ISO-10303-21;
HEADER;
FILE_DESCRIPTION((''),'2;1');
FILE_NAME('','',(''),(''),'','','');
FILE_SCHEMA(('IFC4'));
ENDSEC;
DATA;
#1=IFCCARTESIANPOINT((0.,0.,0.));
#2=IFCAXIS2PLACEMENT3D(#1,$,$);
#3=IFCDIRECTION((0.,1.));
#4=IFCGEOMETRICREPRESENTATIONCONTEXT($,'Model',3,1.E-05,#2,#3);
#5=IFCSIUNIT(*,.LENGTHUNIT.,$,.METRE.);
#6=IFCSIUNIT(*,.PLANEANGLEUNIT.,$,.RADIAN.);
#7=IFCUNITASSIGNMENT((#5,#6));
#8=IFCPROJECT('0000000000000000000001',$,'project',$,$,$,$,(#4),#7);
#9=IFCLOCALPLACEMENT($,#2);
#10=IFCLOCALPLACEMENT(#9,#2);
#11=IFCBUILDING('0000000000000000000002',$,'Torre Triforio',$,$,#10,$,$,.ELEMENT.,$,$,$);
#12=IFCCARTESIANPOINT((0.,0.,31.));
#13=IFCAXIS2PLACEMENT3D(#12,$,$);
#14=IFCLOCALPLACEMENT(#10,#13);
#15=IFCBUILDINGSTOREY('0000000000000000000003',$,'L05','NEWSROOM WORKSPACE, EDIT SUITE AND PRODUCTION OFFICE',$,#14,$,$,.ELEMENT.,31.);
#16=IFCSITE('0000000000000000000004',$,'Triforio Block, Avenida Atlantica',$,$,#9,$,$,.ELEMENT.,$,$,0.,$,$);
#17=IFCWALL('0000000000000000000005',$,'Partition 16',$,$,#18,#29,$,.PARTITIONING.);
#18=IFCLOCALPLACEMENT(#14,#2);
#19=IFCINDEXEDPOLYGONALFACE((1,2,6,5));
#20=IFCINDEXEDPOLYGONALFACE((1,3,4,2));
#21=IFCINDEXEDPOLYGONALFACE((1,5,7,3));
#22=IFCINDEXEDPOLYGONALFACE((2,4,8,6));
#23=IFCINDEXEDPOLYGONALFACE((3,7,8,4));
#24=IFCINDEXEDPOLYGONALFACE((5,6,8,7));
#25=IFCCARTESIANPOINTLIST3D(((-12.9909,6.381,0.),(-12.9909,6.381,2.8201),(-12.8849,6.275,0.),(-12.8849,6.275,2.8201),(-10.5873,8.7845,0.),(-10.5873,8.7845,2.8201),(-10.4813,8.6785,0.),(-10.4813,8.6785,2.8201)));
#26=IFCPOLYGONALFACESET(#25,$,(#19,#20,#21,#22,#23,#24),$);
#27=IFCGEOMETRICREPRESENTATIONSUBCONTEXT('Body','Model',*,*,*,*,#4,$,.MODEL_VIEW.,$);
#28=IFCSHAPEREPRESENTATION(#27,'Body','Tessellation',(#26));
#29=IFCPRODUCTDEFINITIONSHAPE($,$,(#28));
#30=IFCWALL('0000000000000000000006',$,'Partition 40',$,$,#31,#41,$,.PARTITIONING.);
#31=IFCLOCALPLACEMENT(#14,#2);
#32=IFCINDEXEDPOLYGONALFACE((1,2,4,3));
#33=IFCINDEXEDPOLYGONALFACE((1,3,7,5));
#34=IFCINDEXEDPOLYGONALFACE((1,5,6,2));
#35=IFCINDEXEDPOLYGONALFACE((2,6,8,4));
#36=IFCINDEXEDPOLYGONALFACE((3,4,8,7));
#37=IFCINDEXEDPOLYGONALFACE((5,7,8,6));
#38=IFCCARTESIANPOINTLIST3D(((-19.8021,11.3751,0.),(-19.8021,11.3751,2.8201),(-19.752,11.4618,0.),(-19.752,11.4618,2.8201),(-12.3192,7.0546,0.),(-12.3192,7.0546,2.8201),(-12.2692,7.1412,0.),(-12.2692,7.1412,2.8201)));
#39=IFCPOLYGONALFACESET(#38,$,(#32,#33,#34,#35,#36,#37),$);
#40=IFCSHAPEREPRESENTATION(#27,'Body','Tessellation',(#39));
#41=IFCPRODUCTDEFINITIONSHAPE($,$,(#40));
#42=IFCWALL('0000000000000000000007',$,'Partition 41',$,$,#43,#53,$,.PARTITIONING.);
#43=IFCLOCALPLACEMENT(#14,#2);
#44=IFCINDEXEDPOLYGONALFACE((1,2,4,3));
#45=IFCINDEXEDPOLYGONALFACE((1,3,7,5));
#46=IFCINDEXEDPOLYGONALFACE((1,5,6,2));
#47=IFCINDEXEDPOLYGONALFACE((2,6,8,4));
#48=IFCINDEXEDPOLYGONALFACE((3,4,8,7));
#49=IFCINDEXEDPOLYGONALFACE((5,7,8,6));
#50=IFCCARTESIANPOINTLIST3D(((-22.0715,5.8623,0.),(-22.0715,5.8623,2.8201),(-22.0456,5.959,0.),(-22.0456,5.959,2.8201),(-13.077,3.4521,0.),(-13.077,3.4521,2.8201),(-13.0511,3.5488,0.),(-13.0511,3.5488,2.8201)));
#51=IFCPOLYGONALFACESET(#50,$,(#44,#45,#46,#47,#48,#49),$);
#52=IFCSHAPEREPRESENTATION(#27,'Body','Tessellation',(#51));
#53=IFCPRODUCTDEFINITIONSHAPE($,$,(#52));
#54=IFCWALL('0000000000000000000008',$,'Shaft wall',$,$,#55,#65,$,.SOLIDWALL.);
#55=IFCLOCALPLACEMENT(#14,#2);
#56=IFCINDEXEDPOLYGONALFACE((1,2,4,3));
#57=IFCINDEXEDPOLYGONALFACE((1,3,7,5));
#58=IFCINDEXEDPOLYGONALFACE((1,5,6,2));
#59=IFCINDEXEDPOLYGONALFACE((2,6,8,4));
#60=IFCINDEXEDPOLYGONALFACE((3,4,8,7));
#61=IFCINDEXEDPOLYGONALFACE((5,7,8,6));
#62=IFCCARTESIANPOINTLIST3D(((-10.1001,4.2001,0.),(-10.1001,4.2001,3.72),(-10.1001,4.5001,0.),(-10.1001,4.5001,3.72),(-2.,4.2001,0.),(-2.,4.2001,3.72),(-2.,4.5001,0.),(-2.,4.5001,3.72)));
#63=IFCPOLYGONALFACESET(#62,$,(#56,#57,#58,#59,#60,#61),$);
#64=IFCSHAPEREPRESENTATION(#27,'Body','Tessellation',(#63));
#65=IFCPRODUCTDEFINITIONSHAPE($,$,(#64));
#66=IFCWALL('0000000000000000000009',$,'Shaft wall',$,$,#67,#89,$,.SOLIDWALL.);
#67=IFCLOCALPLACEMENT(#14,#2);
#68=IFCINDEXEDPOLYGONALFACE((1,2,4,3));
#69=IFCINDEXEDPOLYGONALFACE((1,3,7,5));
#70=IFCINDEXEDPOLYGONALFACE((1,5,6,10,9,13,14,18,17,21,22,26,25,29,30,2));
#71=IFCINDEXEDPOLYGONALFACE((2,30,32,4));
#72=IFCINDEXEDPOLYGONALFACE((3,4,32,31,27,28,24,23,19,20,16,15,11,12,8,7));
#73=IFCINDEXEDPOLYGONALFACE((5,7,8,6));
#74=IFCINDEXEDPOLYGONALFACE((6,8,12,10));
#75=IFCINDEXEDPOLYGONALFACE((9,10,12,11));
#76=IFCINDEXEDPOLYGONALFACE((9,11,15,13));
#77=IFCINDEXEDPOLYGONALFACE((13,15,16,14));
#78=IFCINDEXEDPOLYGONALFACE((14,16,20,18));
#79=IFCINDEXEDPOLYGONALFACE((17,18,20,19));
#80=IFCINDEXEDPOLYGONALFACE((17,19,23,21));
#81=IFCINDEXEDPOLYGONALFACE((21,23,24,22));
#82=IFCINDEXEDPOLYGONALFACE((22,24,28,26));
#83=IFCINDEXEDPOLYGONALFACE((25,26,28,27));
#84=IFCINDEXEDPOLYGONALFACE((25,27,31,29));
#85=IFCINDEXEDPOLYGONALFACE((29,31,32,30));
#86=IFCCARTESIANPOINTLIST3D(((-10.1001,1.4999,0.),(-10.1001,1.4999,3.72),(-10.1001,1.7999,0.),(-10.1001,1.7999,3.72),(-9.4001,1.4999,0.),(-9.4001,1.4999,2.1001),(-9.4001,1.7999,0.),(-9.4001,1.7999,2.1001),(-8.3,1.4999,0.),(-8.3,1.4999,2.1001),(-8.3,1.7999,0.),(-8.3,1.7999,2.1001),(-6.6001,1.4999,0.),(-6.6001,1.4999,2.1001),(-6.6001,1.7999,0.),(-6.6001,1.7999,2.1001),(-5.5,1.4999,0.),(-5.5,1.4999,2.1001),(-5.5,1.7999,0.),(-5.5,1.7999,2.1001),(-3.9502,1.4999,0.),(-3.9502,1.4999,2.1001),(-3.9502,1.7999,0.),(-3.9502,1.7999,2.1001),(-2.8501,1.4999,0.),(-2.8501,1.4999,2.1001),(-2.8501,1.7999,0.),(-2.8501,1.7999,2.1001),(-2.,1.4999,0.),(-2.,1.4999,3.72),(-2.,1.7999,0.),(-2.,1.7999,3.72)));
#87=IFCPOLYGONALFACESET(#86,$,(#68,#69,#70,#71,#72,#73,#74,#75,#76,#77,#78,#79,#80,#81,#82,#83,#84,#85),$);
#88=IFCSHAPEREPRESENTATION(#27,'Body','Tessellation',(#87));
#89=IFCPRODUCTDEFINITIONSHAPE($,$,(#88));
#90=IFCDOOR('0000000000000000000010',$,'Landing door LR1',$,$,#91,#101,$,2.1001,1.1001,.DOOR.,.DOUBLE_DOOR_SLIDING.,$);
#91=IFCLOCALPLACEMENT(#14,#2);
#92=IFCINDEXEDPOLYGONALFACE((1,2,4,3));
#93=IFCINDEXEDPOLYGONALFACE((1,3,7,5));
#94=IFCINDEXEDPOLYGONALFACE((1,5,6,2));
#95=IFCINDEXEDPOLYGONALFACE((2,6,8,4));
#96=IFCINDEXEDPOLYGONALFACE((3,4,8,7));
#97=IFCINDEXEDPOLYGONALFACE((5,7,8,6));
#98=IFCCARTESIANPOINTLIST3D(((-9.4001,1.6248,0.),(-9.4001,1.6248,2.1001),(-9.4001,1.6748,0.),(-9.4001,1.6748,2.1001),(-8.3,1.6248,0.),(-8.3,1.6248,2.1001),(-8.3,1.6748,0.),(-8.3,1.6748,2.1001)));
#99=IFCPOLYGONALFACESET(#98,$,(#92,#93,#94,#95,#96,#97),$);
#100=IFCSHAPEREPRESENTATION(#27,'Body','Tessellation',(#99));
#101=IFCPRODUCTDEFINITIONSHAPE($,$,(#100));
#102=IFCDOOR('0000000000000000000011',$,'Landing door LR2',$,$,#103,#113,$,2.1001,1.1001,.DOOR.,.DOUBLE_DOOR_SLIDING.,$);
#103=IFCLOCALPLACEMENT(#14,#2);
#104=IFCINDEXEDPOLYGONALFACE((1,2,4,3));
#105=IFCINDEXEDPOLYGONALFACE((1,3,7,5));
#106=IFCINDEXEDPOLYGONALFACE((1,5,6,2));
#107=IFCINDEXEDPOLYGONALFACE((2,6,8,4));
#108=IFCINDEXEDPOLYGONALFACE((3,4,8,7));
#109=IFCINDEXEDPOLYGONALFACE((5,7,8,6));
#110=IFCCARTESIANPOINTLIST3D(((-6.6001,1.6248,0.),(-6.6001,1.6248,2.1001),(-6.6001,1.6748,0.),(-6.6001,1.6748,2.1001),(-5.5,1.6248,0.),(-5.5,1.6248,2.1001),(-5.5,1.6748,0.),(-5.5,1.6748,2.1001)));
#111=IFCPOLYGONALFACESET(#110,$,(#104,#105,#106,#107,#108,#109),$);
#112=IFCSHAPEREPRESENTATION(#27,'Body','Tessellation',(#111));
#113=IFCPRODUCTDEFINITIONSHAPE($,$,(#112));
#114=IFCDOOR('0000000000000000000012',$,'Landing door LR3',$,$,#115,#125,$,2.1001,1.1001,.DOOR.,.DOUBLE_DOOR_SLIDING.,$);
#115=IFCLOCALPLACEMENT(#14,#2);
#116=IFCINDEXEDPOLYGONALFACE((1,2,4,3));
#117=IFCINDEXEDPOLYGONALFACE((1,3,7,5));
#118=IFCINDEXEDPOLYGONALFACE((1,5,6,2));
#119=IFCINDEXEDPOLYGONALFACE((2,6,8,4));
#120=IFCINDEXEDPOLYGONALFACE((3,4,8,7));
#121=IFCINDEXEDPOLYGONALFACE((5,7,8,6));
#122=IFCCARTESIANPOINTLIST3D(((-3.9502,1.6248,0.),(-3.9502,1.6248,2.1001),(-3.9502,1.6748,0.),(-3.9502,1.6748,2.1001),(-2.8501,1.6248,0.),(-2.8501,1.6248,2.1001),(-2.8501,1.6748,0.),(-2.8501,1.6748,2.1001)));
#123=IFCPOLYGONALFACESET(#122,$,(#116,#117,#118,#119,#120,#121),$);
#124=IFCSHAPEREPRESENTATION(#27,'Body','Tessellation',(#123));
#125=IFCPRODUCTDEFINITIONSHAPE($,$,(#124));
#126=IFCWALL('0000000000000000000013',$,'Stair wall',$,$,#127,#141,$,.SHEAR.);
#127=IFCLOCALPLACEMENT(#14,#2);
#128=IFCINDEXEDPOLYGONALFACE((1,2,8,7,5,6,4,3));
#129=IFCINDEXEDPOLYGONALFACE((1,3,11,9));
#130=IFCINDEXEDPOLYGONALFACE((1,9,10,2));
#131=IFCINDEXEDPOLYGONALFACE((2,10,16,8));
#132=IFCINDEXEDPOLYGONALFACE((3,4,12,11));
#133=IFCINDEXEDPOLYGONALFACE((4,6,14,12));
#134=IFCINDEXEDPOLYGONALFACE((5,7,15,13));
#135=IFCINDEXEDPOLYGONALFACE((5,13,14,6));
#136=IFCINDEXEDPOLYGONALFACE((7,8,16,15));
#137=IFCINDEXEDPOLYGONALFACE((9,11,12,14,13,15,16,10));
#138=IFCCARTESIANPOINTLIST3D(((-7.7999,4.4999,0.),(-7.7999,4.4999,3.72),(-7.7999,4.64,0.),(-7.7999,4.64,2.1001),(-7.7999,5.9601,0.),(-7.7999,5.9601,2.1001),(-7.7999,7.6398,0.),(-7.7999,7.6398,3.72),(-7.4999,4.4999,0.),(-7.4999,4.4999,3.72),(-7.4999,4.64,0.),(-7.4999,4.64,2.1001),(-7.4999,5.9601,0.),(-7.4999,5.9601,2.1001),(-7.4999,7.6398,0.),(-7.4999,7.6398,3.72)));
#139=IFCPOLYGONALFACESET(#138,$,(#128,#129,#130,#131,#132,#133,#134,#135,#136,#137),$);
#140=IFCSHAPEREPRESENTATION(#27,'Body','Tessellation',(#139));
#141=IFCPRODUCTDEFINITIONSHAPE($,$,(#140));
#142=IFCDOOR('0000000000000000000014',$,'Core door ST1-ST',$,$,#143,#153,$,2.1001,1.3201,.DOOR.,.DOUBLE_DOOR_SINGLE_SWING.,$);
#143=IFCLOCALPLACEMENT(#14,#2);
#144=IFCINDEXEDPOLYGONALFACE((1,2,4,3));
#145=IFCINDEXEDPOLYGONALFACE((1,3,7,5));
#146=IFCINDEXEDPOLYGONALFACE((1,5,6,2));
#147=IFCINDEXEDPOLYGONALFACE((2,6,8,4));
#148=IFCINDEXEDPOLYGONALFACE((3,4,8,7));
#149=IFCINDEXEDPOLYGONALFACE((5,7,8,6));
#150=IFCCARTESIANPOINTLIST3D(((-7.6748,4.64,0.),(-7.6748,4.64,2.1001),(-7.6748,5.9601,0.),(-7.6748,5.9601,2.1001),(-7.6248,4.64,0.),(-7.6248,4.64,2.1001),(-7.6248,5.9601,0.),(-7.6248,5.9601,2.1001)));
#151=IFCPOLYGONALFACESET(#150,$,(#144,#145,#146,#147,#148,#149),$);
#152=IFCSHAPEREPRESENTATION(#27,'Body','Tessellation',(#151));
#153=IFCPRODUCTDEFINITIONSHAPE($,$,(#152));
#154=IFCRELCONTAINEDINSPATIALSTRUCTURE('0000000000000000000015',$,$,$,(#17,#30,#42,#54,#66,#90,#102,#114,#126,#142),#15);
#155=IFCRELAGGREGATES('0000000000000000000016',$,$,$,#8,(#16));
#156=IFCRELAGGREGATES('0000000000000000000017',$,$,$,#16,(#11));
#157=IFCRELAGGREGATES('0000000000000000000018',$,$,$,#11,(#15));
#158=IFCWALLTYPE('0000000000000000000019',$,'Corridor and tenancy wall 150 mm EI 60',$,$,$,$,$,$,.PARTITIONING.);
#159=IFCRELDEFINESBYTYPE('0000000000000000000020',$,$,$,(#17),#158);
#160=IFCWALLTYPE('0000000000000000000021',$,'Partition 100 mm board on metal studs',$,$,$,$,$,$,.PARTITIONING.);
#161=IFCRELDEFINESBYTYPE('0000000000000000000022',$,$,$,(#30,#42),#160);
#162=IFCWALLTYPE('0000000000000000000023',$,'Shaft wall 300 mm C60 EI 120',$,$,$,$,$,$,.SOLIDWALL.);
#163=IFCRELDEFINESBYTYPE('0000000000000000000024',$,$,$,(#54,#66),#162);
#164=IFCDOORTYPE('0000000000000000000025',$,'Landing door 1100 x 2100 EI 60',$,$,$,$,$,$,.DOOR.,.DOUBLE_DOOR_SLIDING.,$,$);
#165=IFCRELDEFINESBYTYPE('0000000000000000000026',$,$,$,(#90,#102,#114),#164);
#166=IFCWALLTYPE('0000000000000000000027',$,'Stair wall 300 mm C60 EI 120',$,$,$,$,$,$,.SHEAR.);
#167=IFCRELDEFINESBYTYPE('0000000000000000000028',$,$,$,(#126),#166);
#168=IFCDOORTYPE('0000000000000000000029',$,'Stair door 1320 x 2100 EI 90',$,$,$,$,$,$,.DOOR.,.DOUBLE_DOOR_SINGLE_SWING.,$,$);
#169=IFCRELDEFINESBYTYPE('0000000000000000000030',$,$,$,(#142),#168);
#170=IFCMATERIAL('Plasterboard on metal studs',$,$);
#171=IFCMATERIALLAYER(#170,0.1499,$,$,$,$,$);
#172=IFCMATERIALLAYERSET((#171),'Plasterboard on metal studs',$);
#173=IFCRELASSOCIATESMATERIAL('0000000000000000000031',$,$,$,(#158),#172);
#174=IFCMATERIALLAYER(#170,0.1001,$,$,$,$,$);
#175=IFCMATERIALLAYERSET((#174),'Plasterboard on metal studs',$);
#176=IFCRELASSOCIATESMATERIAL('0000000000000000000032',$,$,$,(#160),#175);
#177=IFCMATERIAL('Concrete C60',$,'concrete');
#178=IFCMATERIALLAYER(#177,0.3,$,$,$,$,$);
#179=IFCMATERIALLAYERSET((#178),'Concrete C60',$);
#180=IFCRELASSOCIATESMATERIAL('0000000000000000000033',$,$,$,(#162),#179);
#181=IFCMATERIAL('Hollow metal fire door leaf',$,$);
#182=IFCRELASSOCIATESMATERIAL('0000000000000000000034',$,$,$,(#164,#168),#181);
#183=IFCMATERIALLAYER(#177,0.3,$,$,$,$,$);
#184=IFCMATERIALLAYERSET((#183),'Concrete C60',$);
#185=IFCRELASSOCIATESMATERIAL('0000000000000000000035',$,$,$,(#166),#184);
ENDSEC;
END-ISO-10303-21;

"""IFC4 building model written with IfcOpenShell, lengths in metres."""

from ifc_helpers import new_model, si_unit, direction, frame, frame_2d, origin, place, context, subcontext, project, spatial, rectangle, extrude, material, layer, layer_set, type_object, element, fill, save


model = new_model("IFC4")

# Units and contexts
model_context = context("Model", 3, precision=1e-05, world=origin(), true_north=direction((0.0, 1.0)))
body_context = subcontext(model_context, "Body", "Model", "MODEL_VIEW")
ifc_project = project(units=[si_unit("LENGTHUNIT", "METRE"), si_unit("PLANEANGLEUNIT", "RADIAN")], contexts=[model_context])

# Site, building, storey
site_placement = place(None, origin())
site = spatial("IfcSite", under=ifc_project, at=site_placement, Name="Triforio Block, Avenida Atlantica", CompositionType="ELEMENT", RefElevation=0.0)
building_placement = place(site_placement, origin())
building = spatial("IfcBuilding", under=site, at=building_placement, Name="Torre Triforio", CompositionType="ELEMENT")
storey_placement = place(building_placement, frame((0.0, 0.0, 31.0)))
storey = spatial("IfcBuildingStorey", under=building, at=storey_placement, Name="L05", Description="NEWSROOM WORKSPACE, EDIT SUITE AND PRODUCTION OFFICE", CompositionType="ELEMENT", Elevation=31.0)

# Shared definitions
ifc_material_1 = material(Name="Concrete C60", Category="concrete")
ifc_material_2 = material(Name="Hollow metal fire door leaf")
ifc_material_3 = material(Name="Plasterboard on metal studs")
ifc_layer_1 = layer(ifc_material_3, 0.1499)
ifc_layer_set_1 = layer_set([ifc_layer_1], Name="Plasterboard on metal studs")
wall_type_1 = type_object("IfcWallType", Name="Corridor and tenancy wall 150 mm EI 60", PredefinedType="PARTITIONING", material=ifc_layer_set_1)

# Walls
wall_1_placement = place(storey_placement, frame((-12.938, 6.3279, 0.0), z_axis=(0.0, 0.0, 1.0), x_axis=(0.707107, 0.707107, 0.0)))
element("IfcWall", 1, at=wall_1_placement, inside=storey, type_object=wall_type_1, Name="Partition 16", PredefinedType="PARTITIONING", context=body_context, shape_type="SweptSolid", body=[
    extrude(rectangle(XDim=3.3992, YDim=0.1499, at=frame_2d((1.6997, 0.0))), origin(), (0.0, 0.0, 1.0), 2.8201),
])
ifc_layer_2 = layer(ifc_material_3, 0.1001)
ifc_layer_set_2 = layer_set([ifc_layer_2], Name="Plasterboard on metal studs")
wall_type_2 = type_object("IfcWallType", Name="Partition 100 mm board on metal studs", PredefinedType="PARTITIONING", material=ifc_layer_set_2)
wall_2_placement = place(storey_placement, frame((-12.2942, 7.0979, 0.0), z_axis=(0.0, 0.0, 1.0), x_axis=(-0.866011, 0.500026, 0.0)))
element("IfcWall", 2, at=wall_2_placement, inside=storey, type_object=wall_type_2, Name="Partition 40", PredefinedType="PARTITIONING", context=body_context, shape_type="SweptSolid", body=[
    extrude(rectangle(XDim=8.6406, YDim=0.1001, at=frame_2d((4.3203, 0.0))), origin(), (0.0, 0.0, 1.0), 2.8201),
])
wall_3_placement = place(storey_placement, frame((-13.0642, 3.5005, 0.0), z_axis=(0.0, 0.0, 1.0), x_axis=(-0.965923, 0.258831, 0.0)))
element("IfcWall", 3, at=wall_3_placement, inside=storey, type_object=wall_type_2, Name="Partition 41", PredefinedType="PARTITIONING", context=body_context, shape_type="SweptSolid", body=[
    extrude(rectangle(XDim=9.3118, YDim=0.1001, at=frame_2d((4.6558, 0.0))), origin(), (0.0, 0.0, 1.0), 2.8201),
])
ifc_layer_3 = layer(ifc_material_1, 0.3)
ifc_layer_set_3 = layer_set([ifc_layer_3], Name="Concrete C60")
wall_type_3 = type_object("IfcWallType", Name="Shaft wall 300 mm C60 EI 120", PredefinedType="SOLIDWALL", material=ifc_layer_set_3)
wall_4_placement = place(storey_placement, frame((-10.1001, 4.3501, 0.0), z_axis=(0.0, 0.0, 1.0), x_axis=(1.0, 0.0, 0.0)))
element("IfcWall", 4, at=wall_4_placement, inside=storey, type_object=wall_type_3, Name="Shaft wall", PredefinedType="SOLIDWALL", context=body_context, shape_type="SweptSolid", body=[
    extrude(rectangle(XDim=8.1001, YDim=0.3, at=frame_2d((4.05, 0.0))), origin(), (0.0, 0.0, 1.0), 3.72),
])

# Wall, openings, doors
wall_5_placement = place(storey_placement, frame((-10.1001, 1.6499, 0.0), z_axis=(0.0, 0.0, 1.0), x_axis=(1.0, 0.0, 0.0)))
wall_5 = element("IfcWall", 5, at=wall_5_placement, inside=storey, type_object=wall_type_3, Name="Shaft wall", PredefinedType="SOLIDWALL", context=body_context, shape_type="SweptSolid", body=[
    extrude(rectangle(XDim=8.1001, YDim=0.3, at=frame_2d((4.05, 0.0))), origin(), (0.0, 0.0, 1.0), 3.72),
])
opening_1_placement = place(wall_5_placement, frame((0.7, 0.0, 0.0)))
opening_1 = element("IfcOpeningElement", 6, at=opening_1_placement, cuts=wall_5, PredefinedType="OPENING", context=body_context, shape_type="SweptSolid", body=[
    extrude(rectangle(XDim=1.1001, YDim=2.1001, at=frame_2d((0.55, 1.05))), frame((0.0, 0.1599, 0.0), z_axis=(0.0, -1.0, 0.0), x_axis=(1.0, 0.0, 0.0)), (0.0, 0.0, 1.0), 0.3201),
])
opening_2_placement = place(wall_5_placement, frame((3.5, 0.0, 0.0)))
opening_2 = element("IfcOpeningElement", 7, at=opening_2_placement, cuts=wall_5, PredefinedType="OPENING", context=body_context, shape_type="SweptSolid", body=[
    extrude(rectangle(XDim=1.1001, YDim=2.1001, at=frame_2d((0.55, 1.05))), frame((0.0, 0.1599, 0.0), z_axis=(0.0, -1.0, 0.0), x_axis=(1.0, 0.0, 0.0)), (0.0, 0.0, 1.0), 0.3201),
])
opening_3_placement = place(wall_5_placement, frame((6.1499, 0.0, 0.0)))
opening_3 = element("IfcOpeningElement", 8, at=opening_3_placement, cuts=wall_5, PredefinedType="OPENING", context=body_context, shape_type="SweptSolid", body=[
    extrude(rectangle(XDim=1.1001, YDim=2.1001, at=frame_2d((0.55, 1.05))), frame((0.0, 0.1599, 0.0), z_axis=(0.0, -1.0, 0.0), x_axis=(1.0, 0.0, 0.0)), (0.0, 0.0, 1.0), 0.3201),
])
door_type_1 = type_object("IfcDoorType", Name="Landing door 1100 x 2100 EI 60", OperationType="DOUBLE_DOOR_SLIDING", PredefinedType="DOOR", material=ifc_material_2)
door_1_placement = place(opening_1_placement, origin())
door_1 = element("IfcDoor", 9, at=door_1_placement, inside=storey, type_object=door_type_1, Name="Landing door LR1", OperationType="DOUBLE_DOOR_SLIDING", OverallHeight=2.1001, OverallWidth=1.1001, PredefinedType="DOOR", context=body_context, shape_type="SweptSolid", body=[
    extrude(rectangle(XDim=1.1001, YDim=2.1001, at=frame_2d((0.55, 1.05))), frame((0.0, 0.0249, 0.0), z_axis=(0.0, -1.0, 0.0), x_axis=(1.0, 0.0, 0.0)), (0.0, 0.0, 1.0), 0.05),
])
fill(opening_1, door_1)
door_2_placement = place(opening_2_placement, origin())
door_2 = element("IfcDoor", 10, at=door_2_placement, inside=storey, type_object=door_type_1, Name="Landing door LR2", OperationType="DOUBLE_DOOR_SLIDING", OverallHeight=2.1001, OverallWidth=1.1001, PredefinedType="DOOR", context=body_context, shape_type="SweptSolid", body=[
    extrude(rectangle(XDim=1.1001, YDim=2.1001, at=frame_2d((0.55, 1.05))), frame((0.0, 0.0249, 0.0), z_axis=(0.0, -1.0, 0.0), x_axis=(1.0, 0.0, 0.0)), (0.0, 0.0, 1.0), 0.05),
])
fill(opening_2, door_2)
door_3_placement = place(opening_3_placement, origin())
door_3 = element("IfcDoor", 11, at=door_3_placement, inside=storey, type_object=door_type_1, Name="Landing door LR3", OperationType="DOUBLE_DOOR_SLIDING", OverallHeight=2.1001, OverallWidth=1.1001, PredefinedType="DOOR", context=body_context, shape_type="SweptSolid", body=[
    extrude(rectangle(XDim=1.1001, YDim=2.1001, at=frame_2d((0.55, 1.05))), frame((0.0, 0.0249, 0.0), z_axis=(0.0, -1.0, 0.0), x_axis=(1.0, 0.0, 0.0)), (0.0, 0.0, 1.0), 0.05),
])
fill(opening_3, door_3)

# Wall, opening, door
ifc_layer_4 = layer(ifc_material_1, 0.3)
ifc_layer_set_4 = layer_set([ifc_layer_4], Name="Concrete C60")
wall_type_4 = type_object("IfcWallType", Name="Stair wall 300 mm C60 EI 120", PredefinedType="SHEAR", material=ifc_layer_set_4)
wall_6_placement = place(storey_placement, frame((-7.6499, 4.5, 0.0), z_axis=(0.0, 0.0, 1.0), x_axis=(0.0, 1.0, 0.0)))
wall_6 = element("IfcWall", 12, at=wall_6_placement, inside=storey, type_object=wall_type_4, Name="Stair wall", PredefinedType="SHEAR", context=body_context, shape_type="SweptSolid", body=[
    extrude(rectangle(XDim=3.1399, YDim=0.3, at=frame_2d((1.5698, 0.0))), origin(), (0.0, 0.0, 1.0), 3.72),
])
opening_4_placement = place(wall_6_placement, frame((0.1399, 0.0, 0.0)))
opening_4 = element("IfcOpeningElement", 13, at=opening_4_placement, cuts=wall_6, PredefinedType="OPENING", context=body_context, shape_type="SweptSolid", body=[
    extrude(rectangle(XDim=1.3201, YDim=2.1001, at=frame_2d((0.6602, 1.05))), frame((0.0, 0.1599, 0.0), z_axis=(0.0, -1.0, 0.0), x_axis=(1.0, 0.0, 0.0)), (0.0, 0.0, 1.0), 0.3201),
])
door_type_2 = type_object("IfcDoorType", Name="Stair door 1320 x 2100 EI 90", OperationType="DOUBLE_DOOR_SINGLE_SWING", PredefinedType="DOOR", material=ifc_material_2)
door_4_placement = place(opening_4_placement, origin())
door_4 = element("IfcDoor", 14, at=door_4_placement, inside=storey, type_object=door_type_2, Name="Core door ST1-ST", OperationType="DOUBLE_DOOR_SINGLE_SWING", OverallHeight=2.1001, OverallWidth=1.3201, PredefinedType="DOOR", context=body_context, shape_type="SweptSolid", body=[
    extrude(rectangle(XDim=1.3201, YDim=2.1001, at=frame_2d((0.6602, 1.05))), frame((0.0, 0.0249, 0.0), z_axis=(0.0, -1.0, 0.0), x_axis=(1.0, 0.0, 0.0)), (0.0, 0.0, 1.0), 0.05),
])
fill(opening_4, door_4)

save(model, "model.ifc")
